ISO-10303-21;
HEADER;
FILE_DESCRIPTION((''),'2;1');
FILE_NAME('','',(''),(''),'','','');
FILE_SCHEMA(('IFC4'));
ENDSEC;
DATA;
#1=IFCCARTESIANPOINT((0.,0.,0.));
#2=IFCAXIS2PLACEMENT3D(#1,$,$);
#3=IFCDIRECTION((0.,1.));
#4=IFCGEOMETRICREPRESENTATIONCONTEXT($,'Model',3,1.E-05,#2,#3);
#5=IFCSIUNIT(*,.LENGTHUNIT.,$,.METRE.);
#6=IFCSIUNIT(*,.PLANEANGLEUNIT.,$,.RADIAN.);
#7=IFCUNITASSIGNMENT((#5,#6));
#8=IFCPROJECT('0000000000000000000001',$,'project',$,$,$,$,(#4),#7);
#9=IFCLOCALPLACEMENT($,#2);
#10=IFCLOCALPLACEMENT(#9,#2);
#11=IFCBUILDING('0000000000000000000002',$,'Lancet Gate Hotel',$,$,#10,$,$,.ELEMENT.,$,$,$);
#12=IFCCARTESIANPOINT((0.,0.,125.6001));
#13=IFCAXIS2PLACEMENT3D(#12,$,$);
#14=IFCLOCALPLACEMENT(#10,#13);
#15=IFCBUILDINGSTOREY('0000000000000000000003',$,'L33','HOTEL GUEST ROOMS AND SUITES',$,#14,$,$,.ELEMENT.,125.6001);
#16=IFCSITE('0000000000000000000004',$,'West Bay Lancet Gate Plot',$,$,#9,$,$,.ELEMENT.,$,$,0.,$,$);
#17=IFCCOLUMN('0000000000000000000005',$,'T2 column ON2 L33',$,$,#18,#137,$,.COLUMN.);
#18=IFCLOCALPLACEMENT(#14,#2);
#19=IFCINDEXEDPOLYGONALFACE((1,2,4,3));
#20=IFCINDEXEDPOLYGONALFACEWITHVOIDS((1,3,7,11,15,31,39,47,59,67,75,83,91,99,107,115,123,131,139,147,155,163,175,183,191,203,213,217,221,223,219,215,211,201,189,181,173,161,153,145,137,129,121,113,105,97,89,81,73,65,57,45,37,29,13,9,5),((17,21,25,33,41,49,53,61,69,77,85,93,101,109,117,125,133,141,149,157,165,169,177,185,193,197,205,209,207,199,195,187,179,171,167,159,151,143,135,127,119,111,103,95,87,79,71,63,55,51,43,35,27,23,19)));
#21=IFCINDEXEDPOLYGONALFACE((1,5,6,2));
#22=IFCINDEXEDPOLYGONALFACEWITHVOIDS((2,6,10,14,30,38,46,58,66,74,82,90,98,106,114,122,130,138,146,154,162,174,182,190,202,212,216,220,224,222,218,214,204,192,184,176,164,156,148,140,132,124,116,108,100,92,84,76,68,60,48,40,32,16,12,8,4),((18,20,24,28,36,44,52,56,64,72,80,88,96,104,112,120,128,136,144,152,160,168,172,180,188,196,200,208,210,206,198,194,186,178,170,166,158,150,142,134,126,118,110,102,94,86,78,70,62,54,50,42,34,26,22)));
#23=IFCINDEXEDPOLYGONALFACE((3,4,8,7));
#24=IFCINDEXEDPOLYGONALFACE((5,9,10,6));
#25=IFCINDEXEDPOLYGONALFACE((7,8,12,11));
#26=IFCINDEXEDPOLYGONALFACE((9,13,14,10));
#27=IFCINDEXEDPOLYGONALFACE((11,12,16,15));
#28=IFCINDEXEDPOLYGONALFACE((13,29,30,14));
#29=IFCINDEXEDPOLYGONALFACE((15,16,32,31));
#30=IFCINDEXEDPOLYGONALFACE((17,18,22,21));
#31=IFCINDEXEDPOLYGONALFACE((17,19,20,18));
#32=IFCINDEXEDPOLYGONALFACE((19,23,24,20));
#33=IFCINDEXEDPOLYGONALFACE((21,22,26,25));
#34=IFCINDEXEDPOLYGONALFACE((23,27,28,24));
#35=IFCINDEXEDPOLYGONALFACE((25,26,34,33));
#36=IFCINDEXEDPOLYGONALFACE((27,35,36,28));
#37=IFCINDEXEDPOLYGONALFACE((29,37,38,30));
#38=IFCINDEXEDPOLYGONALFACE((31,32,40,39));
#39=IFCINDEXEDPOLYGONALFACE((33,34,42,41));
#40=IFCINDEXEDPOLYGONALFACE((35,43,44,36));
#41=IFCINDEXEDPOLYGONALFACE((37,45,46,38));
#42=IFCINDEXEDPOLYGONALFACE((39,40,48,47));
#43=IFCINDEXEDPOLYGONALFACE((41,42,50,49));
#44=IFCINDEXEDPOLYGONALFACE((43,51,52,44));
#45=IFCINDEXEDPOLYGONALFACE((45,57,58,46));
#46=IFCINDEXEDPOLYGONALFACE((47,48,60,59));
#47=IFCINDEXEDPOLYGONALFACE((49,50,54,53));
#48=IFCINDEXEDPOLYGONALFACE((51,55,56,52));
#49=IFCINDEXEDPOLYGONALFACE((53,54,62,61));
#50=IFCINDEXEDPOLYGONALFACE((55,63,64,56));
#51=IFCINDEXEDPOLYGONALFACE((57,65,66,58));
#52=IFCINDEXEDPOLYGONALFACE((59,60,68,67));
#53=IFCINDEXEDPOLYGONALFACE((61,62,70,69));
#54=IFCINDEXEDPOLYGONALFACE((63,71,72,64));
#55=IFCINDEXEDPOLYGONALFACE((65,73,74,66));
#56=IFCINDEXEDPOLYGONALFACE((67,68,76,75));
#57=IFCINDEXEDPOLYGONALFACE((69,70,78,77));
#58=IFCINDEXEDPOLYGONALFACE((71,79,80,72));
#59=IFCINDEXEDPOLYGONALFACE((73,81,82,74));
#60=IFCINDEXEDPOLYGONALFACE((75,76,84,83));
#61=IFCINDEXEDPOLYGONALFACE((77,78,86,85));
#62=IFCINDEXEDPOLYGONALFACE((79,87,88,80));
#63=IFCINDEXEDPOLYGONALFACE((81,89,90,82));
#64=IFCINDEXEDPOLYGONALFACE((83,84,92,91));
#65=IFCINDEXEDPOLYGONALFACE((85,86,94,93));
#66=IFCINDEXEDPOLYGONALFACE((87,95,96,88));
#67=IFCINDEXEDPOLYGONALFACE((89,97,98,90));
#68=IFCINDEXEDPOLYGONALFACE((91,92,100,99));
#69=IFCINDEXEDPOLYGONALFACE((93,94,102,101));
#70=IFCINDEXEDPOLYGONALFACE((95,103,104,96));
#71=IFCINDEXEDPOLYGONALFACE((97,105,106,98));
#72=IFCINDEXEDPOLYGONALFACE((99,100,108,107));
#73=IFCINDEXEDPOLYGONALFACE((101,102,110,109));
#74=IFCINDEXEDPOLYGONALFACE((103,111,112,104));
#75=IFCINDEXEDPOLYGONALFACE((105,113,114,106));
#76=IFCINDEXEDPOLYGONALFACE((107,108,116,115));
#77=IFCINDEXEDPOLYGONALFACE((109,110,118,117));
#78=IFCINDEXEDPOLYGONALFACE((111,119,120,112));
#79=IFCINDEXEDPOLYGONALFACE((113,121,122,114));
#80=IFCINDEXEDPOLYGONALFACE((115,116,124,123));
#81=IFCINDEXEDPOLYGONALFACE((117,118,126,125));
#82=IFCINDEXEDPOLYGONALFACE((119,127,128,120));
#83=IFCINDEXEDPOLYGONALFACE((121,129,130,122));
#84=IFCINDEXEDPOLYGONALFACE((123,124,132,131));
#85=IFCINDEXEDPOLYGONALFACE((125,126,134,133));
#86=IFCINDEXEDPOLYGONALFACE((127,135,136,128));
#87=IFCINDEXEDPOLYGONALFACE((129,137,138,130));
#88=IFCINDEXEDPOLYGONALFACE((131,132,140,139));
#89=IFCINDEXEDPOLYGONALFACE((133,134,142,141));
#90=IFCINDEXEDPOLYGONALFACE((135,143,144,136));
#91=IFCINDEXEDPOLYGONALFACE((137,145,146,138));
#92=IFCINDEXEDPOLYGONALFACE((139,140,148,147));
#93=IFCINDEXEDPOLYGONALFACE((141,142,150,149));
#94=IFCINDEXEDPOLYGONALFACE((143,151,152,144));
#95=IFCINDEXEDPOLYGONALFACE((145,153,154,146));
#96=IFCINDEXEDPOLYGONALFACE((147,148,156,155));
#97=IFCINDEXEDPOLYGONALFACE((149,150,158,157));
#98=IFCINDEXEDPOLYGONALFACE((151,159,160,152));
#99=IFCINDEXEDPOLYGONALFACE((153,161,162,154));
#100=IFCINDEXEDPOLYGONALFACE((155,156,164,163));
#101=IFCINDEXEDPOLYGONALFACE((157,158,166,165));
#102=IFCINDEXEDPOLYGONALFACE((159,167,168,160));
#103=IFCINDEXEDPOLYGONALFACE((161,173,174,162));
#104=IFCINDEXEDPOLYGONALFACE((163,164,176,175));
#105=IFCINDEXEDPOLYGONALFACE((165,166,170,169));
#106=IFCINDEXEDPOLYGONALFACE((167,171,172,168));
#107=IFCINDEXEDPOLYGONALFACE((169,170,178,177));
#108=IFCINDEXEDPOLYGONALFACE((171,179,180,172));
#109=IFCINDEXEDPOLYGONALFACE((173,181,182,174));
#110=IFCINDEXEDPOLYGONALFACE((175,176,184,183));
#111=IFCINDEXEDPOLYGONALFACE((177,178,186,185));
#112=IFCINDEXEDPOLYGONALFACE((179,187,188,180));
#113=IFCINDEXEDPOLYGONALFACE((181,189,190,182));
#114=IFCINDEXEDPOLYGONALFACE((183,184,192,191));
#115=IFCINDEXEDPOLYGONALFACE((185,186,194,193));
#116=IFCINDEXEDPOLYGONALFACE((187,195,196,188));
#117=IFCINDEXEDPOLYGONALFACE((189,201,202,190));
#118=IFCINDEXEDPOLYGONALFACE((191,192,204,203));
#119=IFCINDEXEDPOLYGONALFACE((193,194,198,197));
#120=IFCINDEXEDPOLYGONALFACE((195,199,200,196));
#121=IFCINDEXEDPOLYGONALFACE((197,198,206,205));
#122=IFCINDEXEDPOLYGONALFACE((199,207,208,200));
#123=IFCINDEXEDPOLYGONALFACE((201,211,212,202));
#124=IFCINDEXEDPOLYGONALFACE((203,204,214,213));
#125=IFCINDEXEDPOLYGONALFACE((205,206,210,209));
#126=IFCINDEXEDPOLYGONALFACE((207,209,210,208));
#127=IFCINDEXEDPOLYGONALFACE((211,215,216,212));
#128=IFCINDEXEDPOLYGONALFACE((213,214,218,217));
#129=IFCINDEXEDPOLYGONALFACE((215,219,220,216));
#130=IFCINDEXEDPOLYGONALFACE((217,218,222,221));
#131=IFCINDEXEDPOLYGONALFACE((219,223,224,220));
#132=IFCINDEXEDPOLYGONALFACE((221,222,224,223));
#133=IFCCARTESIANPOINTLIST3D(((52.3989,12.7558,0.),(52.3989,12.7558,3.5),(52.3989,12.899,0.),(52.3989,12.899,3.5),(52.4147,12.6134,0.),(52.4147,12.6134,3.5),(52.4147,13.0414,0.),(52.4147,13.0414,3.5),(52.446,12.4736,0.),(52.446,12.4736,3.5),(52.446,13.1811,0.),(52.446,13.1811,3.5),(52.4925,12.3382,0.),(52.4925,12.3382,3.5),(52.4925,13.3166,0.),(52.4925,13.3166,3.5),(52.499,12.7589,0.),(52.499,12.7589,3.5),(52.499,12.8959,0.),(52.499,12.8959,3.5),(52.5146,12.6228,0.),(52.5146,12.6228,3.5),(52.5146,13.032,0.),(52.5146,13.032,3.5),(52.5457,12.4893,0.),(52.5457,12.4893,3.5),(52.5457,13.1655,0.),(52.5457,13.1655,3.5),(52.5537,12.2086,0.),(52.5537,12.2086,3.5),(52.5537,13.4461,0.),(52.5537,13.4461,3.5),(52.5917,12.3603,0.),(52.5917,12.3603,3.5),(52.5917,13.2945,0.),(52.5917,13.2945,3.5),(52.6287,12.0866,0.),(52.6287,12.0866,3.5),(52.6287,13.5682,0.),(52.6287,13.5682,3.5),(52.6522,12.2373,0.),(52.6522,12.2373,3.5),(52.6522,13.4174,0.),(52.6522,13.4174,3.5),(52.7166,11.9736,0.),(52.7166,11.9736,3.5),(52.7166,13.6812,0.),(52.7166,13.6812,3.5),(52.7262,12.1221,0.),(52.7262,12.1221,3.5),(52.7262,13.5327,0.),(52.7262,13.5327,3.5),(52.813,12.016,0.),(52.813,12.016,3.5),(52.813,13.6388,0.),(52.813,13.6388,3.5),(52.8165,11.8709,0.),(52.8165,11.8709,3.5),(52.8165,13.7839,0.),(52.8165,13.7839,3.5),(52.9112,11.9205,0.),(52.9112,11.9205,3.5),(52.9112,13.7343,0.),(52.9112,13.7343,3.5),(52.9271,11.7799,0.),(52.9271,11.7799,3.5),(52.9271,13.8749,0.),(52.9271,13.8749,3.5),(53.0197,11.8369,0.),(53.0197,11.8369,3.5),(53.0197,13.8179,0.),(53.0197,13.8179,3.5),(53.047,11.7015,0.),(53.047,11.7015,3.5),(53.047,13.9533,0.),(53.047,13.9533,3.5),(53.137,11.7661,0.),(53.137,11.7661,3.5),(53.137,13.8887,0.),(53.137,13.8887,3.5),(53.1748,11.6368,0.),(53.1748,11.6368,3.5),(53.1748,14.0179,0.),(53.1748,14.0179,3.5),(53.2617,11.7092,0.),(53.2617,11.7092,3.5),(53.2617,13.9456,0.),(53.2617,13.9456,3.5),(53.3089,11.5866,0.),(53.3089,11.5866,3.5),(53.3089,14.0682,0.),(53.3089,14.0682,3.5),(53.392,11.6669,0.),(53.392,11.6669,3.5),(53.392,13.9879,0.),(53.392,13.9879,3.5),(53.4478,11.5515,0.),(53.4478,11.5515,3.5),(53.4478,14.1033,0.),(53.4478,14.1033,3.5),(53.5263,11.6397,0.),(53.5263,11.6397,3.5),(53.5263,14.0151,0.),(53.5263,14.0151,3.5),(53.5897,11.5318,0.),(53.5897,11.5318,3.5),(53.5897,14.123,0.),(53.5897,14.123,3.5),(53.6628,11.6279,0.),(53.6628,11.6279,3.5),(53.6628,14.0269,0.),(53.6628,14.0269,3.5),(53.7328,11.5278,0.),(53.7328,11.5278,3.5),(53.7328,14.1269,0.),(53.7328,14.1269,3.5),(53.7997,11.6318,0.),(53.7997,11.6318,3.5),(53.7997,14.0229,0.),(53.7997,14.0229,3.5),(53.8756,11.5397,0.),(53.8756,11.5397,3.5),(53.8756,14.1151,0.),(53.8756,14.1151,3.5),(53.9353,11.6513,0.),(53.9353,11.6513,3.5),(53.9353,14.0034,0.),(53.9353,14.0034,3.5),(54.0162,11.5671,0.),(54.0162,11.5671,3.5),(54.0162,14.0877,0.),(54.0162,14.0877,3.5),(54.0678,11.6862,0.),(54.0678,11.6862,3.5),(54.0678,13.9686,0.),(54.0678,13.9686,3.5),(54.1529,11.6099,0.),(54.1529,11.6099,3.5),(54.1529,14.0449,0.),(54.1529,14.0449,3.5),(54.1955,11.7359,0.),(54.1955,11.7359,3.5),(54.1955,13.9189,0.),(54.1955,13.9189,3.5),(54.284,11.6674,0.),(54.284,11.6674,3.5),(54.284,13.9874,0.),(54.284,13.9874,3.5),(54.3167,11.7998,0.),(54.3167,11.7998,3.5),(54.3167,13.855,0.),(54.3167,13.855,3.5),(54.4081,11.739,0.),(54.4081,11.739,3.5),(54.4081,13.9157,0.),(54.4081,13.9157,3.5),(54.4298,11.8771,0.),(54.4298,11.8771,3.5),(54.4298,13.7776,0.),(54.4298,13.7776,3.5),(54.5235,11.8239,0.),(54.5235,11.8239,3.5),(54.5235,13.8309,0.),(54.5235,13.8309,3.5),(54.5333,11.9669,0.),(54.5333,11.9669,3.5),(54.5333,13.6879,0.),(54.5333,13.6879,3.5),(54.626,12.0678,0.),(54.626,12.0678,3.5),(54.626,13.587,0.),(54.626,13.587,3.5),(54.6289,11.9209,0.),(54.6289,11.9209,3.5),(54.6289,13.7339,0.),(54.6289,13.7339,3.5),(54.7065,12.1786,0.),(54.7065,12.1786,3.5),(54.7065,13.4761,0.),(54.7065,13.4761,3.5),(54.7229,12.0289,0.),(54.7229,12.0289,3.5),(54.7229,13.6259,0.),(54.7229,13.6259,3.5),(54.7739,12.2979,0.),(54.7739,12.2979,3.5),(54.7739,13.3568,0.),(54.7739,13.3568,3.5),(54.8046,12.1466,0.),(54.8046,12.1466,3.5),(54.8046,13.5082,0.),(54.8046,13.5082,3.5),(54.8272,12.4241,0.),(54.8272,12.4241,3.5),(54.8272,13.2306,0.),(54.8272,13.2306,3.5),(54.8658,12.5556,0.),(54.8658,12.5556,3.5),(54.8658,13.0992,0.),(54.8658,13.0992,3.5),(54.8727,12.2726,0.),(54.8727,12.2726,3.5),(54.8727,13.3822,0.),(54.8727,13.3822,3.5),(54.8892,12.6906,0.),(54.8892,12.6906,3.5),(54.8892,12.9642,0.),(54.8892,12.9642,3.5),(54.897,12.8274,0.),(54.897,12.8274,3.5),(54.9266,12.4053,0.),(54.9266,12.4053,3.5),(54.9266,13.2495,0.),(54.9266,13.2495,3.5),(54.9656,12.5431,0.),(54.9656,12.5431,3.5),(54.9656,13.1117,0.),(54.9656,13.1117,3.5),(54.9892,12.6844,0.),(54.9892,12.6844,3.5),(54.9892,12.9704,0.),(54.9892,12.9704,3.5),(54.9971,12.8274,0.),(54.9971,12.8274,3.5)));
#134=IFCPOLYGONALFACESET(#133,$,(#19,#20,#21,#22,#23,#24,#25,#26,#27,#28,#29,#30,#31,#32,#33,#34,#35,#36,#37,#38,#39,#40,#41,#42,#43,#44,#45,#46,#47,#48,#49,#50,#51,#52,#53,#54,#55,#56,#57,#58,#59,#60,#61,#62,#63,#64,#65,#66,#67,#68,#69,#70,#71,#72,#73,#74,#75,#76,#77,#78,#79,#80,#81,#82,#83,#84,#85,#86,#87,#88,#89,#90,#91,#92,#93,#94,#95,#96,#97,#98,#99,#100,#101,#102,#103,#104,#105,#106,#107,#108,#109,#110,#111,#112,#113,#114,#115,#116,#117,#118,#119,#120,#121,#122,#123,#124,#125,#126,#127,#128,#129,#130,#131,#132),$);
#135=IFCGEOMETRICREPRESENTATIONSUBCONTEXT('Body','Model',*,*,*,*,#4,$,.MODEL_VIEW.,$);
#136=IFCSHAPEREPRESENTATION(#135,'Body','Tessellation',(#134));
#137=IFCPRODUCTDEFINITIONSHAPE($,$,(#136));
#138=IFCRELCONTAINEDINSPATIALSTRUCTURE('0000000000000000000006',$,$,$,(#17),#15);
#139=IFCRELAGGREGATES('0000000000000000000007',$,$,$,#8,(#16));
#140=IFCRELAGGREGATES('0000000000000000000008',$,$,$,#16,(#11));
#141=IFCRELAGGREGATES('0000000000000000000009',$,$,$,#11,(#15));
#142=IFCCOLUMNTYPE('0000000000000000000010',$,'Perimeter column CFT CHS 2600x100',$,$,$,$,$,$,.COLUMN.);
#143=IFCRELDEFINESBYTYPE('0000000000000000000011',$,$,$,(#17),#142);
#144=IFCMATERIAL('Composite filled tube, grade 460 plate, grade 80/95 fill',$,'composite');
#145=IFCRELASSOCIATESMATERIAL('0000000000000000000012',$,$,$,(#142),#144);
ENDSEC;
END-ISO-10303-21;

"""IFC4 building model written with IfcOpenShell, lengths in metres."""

from ifc_helpers import new_model, si_unit, direction, frame, origin, origin_2d, place, context, subcontext, project, spatial, hollow_circle, extrude, material, material_profile, profile_set, type_object, element, save


model = new_model("IFC4")

# Units and contexts
model_context = context("Model", 3, precision=1e-05, world=origin(), true_north=direction((0.0, 1.0)))
body_context = subcontext(model_context, "Body", "Model", "MODEL_VIEW")
ifc_project = project(units=[si_unit("LENGTHUNIT", "METRE"), si_unit("PLANEANGLEUNIT", "RADIAN")], contexts=[model_context])

# Site, building, storey
site_placement = place(None, origin())
site = spatial("IfcSite", under=ifc_project, at=site_placement, Name="West Bay Lancet Gate Plot", CompositionType="ELEMENT", RefElevation=0.0)
building_placement = place(site_placement, origin())
building = spatial("IfcBuilding", under=site, at=building_placement, Name="Lancet Gate Hotel", CompositionType="ELEMENT")
storey_placement = place(building_placement, frame((0.0, 0.0, 125.6001)))
storey = spatial("IfcBuildingStorey", under=building, at=storey_placement, Name="L33", Description="HOTEL GUEST ROOMS AND SUITES", CompositionType="ELEMENT", Elevation=125.6001)

# Column
ifc_material_1 = material(Name="Composite filled tube, grade 460 plate, grade 80/95 fill", Category="composite")
ifc_material_profile_1 = material_profile(ifc_material_1, hollow_circle(Radius=1.3, WallThickness=0.1001, at=origin_2d()), Name="CHS 2600x100")
ifc_profile_set_1 = profile_set([ifc_material_profile_1], Name="Composite filled tube, grade 460 plate, grade 80/95 fill")
column_type = type_object("IfcColumnType", Name="Perimeter column CFT CHS 2600x100", PredefinedType="COLUMN", material=ifc_profile_set_1)
for number, where, z_axis, x_axis, name in (
    (1, (53.697, 12.8274, 0.0), (0.0, 0.0, 1.0), (1.0, 0.0, 0.0), "T2 column ON2 L33"),
):
    element("IfcColumn", number, at=place(storey_placement, frame(where, z_axis=z_axis, x_axis=x_axis)), inside=storey, type_object=column_type, Name=name, PredefinedType="COLUMN", context=body_context, shape_type="SweptSolid", body=[
        extrude(hollow_circle(Radius=1.3, WallThickness=0.1001, at=origin_2d()), origin(), (0.0, 0.0, 1.0), 3.5),
    ])

save(model, "model.ifc")
